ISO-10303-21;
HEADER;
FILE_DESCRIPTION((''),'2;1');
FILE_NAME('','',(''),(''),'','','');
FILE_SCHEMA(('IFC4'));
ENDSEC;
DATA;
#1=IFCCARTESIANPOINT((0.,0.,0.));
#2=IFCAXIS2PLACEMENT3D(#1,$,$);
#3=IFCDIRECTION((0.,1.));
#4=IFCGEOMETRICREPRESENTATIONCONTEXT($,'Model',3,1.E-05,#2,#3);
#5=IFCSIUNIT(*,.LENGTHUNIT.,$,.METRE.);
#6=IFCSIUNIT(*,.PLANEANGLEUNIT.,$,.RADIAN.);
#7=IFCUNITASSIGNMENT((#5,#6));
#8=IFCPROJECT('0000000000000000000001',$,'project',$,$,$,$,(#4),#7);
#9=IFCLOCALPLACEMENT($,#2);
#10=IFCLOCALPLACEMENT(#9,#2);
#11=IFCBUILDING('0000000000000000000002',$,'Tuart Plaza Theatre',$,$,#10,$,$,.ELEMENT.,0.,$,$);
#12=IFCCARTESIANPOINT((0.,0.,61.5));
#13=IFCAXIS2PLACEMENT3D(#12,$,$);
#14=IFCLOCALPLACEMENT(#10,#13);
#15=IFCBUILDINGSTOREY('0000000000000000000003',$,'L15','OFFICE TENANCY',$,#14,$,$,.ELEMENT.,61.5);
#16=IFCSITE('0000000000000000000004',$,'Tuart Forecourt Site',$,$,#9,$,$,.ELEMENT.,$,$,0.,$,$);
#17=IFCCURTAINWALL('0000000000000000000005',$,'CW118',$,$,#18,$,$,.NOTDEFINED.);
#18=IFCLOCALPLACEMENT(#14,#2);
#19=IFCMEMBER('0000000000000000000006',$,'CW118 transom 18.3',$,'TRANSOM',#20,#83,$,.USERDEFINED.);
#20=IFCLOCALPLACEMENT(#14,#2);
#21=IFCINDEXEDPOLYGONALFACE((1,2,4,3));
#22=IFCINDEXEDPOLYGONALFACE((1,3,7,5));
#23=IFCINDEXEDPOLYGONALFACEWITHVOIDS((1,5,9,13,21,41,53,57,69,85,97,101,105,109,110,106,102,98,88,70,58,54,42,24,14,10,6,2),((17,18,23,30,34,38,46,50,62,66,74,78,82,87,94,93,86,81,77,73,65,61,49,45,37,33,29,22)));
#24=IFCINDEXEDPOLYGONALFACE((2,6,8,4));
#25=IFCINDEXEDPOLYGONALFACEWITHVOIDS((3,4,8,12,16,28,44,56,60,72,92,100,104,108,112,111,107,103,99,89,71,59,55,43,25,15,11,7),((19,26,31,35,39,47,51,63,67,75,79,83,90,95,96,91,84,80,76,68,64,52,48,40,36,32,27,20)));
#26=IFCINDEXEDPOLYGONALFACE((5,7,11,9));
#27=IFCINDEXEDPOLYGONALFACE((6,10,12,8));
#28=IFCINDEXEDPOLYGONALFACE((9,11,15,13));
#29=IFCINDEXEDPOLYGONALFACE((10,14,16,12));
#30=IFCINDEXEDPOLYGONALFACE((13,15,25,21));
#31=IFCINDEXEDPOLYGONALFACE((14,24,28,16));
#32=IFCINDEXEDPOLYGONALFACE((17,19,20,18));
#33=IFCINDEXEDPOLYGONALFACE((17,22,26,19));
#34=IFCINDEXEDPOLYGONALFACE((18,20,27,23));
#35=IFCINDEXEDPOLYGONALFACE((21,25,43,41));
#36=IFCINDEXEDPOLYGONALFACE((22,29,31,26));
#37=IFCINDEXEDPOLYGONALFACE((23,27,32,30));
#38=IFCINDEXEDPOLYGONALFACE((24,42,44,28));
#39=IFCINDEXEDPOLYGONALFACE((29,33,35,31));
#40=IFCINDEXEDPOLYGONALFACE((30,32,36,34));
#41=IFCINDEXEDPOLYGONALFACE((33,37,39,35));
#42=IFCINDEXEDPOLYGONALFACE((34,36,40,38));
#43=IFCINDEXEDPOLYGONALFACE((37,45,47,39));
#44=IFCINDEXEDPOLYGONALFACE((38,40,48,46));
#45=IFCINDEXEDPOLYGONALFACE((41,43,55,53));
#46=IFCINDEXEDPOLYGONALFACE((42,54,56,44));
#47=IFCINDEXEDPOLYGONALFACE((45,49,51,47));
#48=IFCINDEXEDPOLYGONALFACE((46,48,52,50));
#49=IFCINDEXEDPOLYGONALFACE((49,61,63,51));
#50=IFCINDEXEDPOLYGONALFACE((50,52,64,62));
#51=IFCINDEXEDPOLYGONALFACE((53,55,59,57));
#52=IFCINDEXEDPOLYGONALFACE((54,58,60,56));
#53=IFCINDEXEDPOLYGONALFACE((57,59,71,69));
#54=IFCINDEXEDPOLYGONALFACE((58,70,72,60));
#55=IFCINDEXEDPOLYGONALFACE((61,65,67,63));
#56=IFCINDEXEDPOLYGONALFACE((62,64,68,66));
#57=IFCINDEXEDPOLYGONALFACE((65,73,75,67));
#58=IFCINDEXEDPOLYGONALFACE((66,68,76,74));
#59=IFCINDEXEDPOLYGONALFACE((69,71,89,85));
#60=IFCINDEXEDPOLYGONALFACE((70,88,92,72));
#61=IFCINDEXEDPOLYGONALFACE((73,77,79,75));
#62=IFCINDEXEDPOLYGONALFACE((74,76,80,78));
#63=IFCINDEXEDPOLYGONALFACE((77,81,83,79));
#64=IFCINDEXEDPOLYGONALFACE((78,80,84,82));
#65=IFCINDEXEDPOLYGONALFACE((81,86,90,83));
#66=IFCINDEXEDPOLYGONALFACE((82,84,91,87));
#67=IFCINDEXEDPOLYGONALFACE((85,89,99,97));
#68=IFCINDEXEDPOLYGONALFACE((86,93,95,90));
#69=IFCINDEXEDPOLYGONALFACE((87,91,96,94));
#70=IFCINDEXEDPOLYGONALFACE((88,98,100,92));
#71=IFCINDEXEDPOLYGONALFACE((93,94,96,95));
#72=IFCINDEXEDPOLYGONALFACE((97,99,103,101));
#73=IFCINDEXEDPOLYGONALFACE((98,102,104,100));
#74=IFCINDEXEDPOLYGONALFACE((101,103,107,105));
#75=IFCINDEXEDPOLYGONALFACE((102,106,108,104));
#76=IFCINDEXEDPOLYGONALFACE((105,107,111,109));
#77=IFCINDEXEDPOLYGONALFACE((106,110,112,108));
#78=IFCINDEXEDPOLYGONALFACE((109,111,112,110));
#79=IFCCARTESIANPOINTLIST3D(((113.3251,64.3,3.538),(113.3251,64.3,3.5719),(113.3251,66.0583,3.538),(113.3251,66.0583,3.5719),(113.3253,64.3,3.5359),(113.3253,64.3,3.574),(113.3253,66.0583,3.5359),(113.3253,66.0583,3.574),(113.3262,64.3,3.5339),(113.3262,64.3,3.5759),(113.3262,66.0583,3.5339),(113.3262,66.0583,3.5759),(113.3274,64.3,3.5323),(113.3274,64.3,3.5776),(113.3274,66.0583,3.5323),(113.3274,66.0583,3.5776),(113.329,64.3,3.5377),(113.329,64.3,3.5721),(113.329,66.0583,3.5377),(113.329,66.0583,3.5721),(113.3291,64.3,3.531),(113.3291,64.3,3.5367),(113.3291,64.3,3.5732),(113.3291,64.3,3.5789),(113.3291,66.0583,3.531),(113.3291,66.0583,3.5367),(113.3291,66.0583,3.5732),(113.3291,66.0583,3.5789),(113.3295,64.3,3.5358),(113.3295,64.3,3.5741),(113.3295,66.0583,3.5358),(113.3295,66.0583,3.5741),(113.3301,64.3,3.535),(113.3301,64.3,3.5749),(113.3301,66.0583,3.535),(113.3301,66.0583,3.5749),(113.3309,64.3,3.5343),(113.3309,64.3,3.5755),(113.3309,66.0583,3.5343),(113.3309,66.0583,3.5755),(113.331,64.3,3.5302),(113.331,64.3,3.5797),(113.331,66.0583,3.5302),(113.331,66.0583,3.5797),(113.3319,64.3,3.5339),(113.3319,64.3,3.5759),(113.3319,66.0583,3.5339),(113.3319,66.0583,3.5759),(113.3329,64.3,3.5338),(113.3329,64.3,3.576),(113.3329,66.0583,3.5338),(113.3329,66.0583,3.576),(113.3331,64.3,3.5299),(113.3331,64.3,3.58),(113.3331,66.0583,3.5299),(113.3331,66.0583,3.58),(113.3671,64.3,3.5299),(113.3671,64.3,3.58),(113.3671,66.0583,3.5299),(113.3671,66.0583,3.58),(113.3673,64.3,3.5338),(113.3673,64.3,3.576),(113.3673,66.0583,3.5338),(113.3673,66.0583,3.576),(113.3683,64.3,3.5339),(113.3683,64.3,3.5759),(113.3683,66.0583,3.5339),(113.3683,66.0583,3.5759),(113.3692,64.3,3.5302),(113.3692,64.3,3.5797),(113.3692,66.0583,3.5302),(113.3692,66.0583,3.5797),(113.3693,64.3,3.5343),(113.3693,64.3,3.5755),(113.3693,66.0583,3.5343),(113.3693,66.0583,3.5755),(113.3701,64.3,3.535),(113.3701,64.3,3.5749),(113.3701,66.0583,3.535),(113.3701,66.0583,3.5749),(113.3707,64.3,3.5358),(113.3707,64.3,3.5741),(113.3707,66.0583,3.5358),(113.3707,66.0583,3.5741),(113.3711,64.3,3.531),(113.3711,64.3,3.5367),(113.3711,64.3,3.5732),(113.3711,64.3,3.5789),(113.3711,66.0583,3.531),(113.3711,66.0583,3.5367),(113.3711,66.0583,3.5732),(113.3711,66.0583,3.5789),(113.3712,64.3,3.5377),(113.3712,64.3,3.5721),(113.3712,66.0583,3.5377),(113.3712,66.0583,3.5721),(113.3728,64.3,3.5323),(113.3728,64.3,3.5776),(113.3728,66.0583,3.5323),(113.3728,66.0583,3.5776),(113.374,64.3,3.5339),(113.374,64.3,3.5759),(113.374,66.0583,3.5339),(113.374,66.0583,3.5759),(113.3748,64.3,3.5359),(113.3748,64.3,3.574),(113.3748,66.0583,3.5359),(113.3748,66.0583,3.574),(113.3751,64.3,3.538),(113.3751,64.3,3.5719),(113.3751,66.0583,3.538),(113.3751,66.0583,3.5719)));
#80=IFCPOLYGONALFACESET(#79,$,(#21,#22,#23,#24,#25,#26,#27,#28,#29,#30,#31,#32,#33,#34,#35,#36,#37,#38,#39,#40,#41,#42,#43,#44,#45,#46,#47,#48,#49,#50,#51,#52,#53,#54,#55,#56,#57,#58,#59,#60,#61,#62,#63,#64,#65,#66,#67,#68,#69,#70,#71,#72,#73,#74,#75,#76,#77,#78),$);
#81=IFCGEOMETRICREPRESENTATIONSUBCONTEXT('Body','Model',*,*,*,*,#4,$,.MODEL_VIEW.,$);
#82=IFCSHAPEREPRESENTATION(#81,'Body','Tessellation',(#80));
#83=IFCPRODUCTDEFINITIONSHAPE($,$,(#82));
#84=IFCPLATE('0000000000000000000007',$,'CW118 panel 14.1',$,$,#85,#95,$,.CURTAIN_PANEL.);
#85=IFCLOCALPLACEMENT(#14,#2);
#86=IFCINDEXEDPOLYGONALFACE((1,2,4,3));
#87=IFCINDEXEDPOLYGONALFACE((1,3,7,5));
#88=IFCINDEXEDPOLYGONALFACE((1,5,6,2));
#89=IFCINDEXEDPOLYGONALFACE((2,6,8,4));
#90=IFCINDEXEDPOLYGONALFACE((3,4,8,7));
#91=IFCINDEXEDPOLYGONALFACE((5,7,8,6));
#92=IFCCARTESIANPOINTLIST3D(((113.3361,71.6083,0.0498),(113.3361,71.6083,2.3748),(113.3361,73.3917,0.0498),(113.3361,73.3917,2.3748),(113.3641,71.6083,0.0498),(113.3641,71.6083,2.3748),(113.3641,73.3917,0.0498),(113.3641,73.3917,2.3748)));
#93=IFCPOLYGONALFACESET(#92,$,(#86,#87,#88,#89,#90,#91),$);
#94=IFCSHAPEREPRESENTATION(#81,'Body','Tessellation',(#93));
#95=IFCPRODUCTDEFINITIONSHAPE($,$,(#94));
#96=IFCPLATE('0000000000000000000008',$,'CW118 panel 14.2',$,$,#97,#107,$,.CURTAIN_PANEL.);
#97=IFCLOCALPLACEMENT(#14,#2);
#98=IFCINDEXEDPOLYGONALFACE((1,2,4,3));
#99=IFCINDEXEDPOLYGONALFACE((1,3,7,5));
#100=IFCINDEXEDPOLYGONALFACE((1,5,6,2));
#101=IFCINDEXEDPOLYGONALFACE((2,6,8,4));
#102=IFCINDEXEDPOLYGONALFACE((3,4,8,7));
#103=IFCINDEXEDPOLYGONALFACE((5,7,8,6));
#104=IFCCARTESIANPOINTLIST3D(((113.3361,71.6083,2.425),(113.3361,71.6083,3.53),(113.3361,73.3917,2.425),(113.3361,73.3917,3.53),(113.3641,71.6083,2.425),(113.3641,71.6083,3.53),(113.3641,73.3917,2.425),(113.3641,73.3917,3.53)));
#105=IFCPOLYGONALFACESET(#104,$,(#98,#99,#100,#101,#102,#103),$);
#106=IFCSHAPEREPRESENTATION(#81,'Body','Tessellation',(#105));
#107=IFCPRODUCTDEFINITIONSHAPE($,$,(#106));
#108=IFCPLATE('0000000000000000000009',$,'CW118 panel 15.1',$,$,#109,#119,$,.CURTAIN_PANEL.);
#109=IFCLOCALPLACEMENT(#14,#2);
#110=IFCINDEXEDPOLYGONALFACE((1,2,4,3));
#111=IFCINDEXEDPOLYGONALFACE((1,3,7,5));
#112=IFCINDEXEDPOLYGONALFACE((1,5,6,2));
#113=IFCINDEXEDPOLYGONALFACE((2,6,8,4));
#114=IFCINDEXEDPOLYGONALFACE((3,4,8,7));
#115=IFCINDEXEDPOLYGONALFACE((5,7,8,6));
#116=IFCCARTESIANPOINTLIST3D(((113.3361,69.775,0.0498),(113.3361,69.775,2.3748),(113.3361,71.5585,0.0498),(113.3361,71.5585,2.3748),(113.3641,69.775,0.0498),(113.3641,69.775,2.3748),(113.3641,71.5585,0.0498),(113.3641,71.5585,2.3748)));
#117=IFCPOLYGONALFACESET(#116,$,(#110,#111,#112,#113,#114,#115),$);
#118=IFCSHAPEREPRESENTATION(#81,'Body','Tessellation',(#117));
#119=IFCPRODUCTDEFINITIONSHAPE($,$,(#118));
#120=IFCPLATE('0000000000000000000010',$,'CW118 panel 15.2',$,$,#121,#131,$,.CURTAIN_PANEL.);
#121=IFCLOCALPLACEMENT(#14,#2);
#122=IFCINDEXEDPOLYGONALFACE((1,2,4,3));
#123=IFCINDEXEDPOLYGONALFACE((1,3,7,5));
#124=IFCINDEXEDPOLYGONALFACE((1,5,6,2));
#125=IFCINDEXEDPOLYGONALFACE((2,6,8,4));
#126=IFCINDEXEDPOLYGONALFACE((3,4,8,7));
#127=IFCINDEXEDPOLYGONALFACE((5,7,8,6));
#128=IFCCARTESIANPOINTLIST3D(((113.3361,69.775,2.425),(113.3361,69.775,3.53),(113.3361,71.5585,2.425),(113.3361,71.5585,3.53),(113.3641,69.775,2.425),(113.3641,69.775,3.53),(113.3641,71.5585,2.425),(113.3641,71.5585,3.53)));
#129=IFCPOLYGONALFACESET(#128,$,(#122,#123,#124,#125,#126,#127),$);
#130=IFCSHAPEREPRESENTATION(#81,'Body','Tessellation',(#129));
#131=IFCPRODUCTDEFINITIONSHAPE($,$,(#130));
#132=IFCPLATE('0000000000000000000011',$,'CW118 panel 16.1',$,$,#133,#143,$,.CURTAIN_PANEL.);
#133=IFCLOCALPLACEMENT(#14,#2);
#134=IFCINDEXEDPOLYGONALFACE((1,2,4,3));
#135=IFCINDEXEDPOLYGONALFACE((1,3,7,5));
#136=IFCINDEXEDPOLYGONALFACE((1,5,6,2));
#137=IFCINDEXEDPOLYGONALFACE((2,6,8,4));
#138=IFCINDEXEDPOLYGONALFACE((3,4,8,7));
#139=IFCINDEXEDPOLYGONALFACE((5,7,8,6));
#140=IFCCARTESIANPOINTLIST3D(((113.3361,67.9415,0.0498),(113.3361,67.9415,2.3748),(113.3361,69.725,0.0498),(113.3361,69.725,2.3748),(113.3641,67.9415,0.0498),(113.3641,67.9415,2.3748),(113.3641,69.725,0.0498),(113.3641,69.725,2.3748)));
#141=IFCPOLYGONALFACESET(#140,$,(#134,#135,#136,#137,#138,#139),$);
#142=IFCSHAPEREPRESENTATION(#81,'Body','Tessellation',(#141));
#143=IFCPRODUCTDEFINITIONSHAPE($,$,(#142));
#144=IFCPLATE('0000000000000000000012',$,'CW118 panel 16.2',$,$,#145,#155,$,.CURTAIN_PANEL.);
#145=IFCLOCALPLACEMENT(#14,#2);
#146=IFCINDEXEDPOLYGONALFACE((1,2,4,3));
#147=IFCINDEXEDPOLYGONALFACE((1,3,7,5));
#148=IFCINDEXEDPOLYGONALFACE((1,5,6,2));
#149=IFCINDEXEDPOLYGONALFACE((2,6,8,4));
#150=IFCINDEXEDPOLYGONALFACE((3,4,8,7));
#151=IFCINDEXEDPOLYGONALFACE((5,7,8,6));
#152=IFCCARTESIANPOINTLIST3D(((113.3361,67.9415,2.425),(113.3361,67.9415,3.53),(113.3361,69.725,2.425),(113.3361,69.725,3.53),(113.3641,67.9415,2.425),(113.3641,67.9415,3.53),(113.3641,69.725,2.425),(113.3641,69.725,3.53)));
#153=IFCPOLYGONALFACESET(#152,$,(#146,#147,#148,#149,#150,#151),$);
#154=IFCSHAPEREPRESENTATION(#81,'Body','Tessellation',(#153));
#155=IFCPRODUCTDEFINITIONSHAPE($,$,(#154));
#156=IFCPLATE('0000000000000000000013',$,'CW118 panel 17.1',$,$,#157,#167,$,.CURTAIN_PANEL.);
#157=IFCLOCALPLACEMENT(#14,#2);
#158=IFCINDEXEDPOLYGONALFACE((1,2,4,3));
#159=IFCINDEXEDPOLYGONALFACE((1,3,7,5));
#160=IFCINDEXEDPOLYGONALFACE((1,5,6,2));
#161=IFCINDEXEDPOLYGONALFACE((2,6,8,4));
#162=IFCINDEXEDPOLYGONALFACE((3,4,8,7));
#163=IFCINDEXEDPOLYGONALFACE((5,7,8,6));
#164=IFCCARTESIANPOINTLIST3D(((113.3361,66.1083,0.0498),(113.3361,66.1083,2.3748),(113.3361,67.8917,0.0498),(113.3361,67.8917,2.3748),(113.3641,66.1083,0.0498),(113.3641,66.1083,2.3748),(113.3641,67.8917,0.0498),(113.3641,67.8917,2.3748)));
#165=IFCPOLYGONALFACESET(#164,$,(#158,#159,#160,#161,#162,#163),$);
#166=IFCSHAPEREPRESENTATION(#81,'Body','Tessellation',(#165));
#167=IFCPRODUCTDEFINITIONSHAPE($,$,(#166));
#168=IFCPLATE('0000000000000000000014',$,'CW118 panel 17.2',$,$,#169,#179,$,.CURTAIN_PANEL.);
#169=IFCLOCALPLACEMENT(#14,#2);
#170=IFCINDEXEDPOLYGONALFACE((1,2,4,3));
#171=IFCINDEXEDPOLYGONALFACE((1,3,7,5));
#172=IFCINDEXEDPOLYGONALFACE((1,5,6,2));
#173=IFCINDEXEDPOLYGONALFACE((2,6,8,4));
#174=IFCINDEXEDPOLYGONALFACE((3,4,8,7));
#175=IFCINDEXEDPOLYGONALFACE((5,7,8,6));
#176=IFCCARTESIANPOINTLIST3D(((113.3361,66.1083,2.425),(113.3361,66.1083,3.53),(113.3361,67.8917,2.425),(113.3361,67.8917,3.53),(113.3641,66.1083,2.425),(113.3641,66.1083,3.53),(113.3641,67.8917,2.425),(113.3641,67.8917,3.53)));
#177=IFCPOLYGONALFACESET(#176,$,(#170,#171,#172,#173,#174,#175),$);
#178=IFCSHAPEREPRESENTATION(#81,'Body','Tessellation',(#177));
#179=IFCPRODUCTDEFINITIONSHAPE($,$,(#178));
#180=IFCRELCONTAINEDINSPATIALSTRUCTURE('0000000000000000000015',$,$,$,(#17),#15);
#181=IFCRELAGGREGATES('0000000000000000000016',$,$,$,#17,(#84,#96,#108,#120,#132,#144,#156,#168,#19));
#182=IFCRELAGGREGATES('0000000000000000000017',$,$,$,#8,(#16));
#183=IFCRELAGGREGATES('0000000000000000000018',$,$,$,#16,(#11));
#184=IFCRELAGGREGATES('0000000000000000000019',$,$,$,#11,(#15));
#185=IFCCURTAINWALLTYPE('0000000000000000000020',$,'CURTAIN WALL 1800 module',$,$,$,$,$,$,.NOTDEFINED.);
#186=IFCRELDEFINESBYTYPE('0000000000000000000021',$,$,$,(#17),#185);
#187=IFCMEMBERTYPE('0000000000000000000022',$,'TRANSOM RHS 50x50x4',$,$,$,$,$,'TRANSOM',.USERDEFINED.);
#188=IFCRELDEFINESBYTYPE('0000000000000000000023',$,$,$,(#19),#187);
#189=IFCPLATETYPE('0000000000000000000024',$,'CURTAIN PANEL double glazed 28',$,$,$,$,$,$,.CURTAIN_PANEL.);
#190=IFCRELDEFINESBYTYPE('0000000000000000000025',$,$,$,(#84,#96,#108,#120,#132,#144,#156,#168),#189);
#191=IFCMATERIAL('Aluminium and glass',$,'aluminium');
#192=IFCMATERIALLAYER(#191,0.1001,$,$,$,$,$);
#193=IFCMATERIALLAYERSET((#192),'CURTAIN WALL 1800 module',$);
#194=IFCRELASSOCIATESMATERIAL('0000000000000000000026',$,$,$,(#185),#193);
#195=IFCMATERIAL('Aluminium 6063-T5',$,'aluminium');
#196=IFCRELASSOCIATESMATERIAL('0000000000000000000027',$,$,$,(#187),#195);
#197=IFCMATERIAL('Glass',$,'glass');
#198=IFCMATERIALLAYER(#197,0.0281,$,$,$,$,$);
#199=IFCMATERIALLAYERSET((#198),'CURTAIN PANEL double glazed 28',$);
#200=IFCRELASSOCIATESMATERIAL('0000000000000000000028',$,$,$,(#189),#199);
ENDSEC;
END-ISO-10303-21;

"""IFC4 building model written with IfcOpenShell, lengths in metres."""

from ifc_helpers import new_model, si_unit, direction, frame, origin, origin_2d, place, context, subcontext, project, spatial, rectangle, hollow_rectangle, extrude, material, layer, layer_set, material_profile, profile_set, type_object, element, aggregate, save


model = new_model("IFC4")

# Units and contexts
model_context = context("Model", 3, precision=1e-05, world=origin(), true_north=direction((0.0, 1.0)))
body_context = subcontext(model_context, "Body", "Model", "MODEL_VIEW")
ifc_project = project(units=[si_unit("LENGTHUNIT", "METRE"), si_unit("PLANEANGLEUNIT", "RADIAN")], contexts=[model_context])

# Site, building, storey
site_placement = place(None, origin())
site = spatial("IfcSite", under=ifc_project, at=site_placement, Name="Tuart Forecourt Site", CompositionType="ELEMENT", RefElevation=0.0)
building_placement = place(site_placement, origin())
building = spatial("IfcBuilding", under=site, at=building_placement, Name="Tuart Plaza Theatre", CompositionType="ELEMENT", ElevationOfRefHeight=0.0)
storey_placement = place(building_placement, frame((0.0, 0.0, 61.5)))
storey = spatial("IfcBuildingStorey", under=building, at=storey_placement, Name="L15", Description="OFFICE TENANCY", CompositionType="ELEMENT", Elevation=61.5)

# Curtain wall, member, plates
ifc_material_1 = material(Name="Aluminium and glass", Category="aluminium")
ifc_layer_1 = layer(ifc_material_1, 0.1001)
ifc_layer_set_1 = layer_set([ifc_layer_1], Name="CURTAIN WALL 1800 module")
curtain_wall_type = type_object("IfcCurtainWallType", Name="CURTAIN WALL 1800 module", PredefinedType="NOTDEFINED", material=ifc_layer_set_1)
curtain_wall_placement = place(storey_placement, origin())
curtain_wall = element("IfcCurtainWall", 1, at=curtain_wall_placement, inside=storey, type_object=curtain_wall_type, Name="CW118", PredefinedType="NOTDEFINED")
ifc_material_2 = material(Name="Aluminium 6063-T5", Category="aluminium")
ifc_material_profile = material_profile(ifc_material_2, hollow_rectangle(XDim=0.05, YDim=0.05, WallThickness=0.0039, InnerFilletRadius=0.0039, OuterFilletRadius=0.0081, at=origin_2d()), Name="RHS 50x50x4")
ifc_profile_set = profile_set([ifc_material_profile], Name="Aluminium 6063-T5")
member_type = type_object("IfcMemberType", Name="TRANSOM RHS 50x50x4", ElementType="TRANSOM", PredefinedType="USERDEFINED", material=ifc_profile_set)
member_1_placement = place(storey_placement, frame((113.3501, 66.0583, 3.5549), z_axis=(0.0, -1.0, 0.0), x_axis=(1.0, 0.0, 0.0)))
member_1 = element("IfcMember", 2, at=member_1_placement, type_object=member_type, Name="CW118 transom 18.3", ObjectType="TRANSOM", PredefinedType="USERDEFINED", context=body_context, shape_type="SweptSolid", body=[
    extrude(hollow_rectangle(XDim=0.05, YDim=0.05, WallThickness=0.0039, InnerFilletRadius=0.0039, OuterFilletRadius=0.0081, at=origin_2d()), origin(), (0.0, 0.0, 1.0), 1.7583),
])
ifc_material_3 = material(Name="Glass", Category="glass")
ifc_layer_2 = layer(ifc_material_3, 0.0281)
ifc_layer_set_2 = layer_set([ifc_layer_2], Name="CURTAIN PANEL double glazed 28")
plate_type = type_object("IfcPlateType", Name="CURTAIN PANEL double glazed 28", PredefinedType="CURTAIN_PANEL", material=ifc_layer_set_2)
plate_1_placement = place(storey_placement, frame((113.3501, 72.5, 0.0498), z_axis=(0.0, 0.0, 1.0), x_axis=(0.0, -1.0, 0.0)))
plate_1 = element("IfcPlate", 3, at=plate_1_placement, type_object=plate_type, Name="CW118 panel 14.1", PredefinedType="CURTAIN_PANEL", context=body_context, shape_type="SweptSolid", body=[
    extrude(rectangle(XDim=1.7834, YDim=0.0281, at=origin_2d()), origin(), (0.0, 0.0, 1.0), 2.325),
])
plate_2_placement = place(storey_placement, frame((113.3501, 72.5, 2.425), z_axis=(0.0, 0.0, 1.0), x_axis=(0.0, -1.0, 0.0)))
plate_2 = element("IfcPlate", 4, at=plate_2_placement, type_object=plate_type, Name="CW118 panel 14.2", PredefinedType="CURTAIN_PANEL", context=body_context, shape_type="SweptSolid", body=[
    extrude(rectangle(XDim=1.7834, YDim=0.0281, at=origin_2d()), origin(), (0.0, 0.0, 1.0), 1.105),
])
plate_3_placement = place(storey_placement, frame((113.3501, 70.6667, 0.0498), z_axis=(0.0, 0.0, 1.0), x_axis=(0.0, -1.0, 0.0)))
plate_3 = element("IfcPlate", 5, at=plate_3_placement, type_object=plate_type, Name="CW118 panel 15.1", PredefinedType="CURTAIN_PANEL", context=body_context, shape_type="SweptSolid", body=[
    extrude(rectangle(XDim=1.7834, YDim=0.0281, at=origin_2d()), origin(), (0.0, 0.0, 1.0), 2.325),
])
plate_4_placement = place(storey_placement, frame((113.3501, 70.6667, 2.425), z_axis=(0.0, 0.0, 1.0), x_axis=(0.0, -1.0, 0.0)))
plate_4 = element("IfcPlate", 6, at=plate_4_placement, type_object=plate_type, Name="CW118 panel 15.2", PredefinedType="CURTAIN_PANEL", context=body_context, shape_type="SweptSolid", body=[
    extrude(rectangle(XDim=1.7834, YDim=0.0281, at=origin_2d()), origin(), (0.0, 0.0, 1.0), 1.105),
])
plate_5_placement = place(storey_placement, frame((113.3501, 68.8333, 0.0498), z_axis=(0.0, 0.0, 1.0), x_axis=(0.0, -1.0, 0.0)))
plate_5 = element("IfcPlate", 7, at=plate_5_placement, type_object=plate_type, Name="CW118 panel 16.1", PredefinedType="CURTAIN_PANEL", context=body_context, shape_type="SweptSolid", body=[
    extrude(rectangle(XDim=1.7834, YDim=0.0281, at=origin_2d()), origin(), (0.0, 0.0, 1.0), 2.325),
])
plate_6_placement = place(storey_placement, frame((113.3501, 68.8333, 2.425), z_axis=(0.0, 0.0, 1.0), x_axis=(0.0, -1.0, 0.0)))
plate_6 = element("IfcPlate", 8, at=plate_6_placement, type_object=plate_type, Name="CW118 panel 16.2", PredefinedType="CURTAIN_PANEL", context=body_context, shape_type="SweptSolid", body=[
    extrude(rectangle(XDim=1.7834, YDim=0.0281, at=origin_2d()), origin(), (0.0, 0.0, 1.0), 1.105),
])
plate_7_placement = place(storey_placement, frame((113.3501, 67.0, 0.0498), z_axis=(0.0, 0.0, 1.0), x_axis=(0.0, -1.0, 0.0)))
plate_7 = element("IfcPlate", 9, at=plate_7_placement, type_object=plate_type, Name="CW118 panel 17.1", PredefinedType="CURTAIN_PANEL", context=body_context, shape_type="SweptSolid", body=[
    extrude(rectangle(XDim=1.7834, YDim=0.0281, at=origin_2d()), origin(), (0.0, 0.0, 1.0), 2.325),
])
plate_8_placement = place(storey_placement, frame((113.3501, 67.0, 2.425), z_axis=(0.0, 0.0, 1.0), x_axis=(0.0, -1.0, 0.0)))
plate_8 = element("IfcPlate", 10, at=plate_8_placement, type_object=plate_type, Name="CW118 panel 17.2", PredefinedType="CURTAIN_PANEL", context=body_context, shape_type="SweptSolid", body=[
    extrude(rectangle(XDim=1.7834, YDim=0.0281, at=origin_2d()), origin(), (0.0, 0.0, 1.0), 1.105),
])
aggregate(curtain_wall, [plate_1, plate_2, plate_3, plate_4, plate_5, plate_6, plate_7, plate_8, member_1])

save(model, "model.ifc")
